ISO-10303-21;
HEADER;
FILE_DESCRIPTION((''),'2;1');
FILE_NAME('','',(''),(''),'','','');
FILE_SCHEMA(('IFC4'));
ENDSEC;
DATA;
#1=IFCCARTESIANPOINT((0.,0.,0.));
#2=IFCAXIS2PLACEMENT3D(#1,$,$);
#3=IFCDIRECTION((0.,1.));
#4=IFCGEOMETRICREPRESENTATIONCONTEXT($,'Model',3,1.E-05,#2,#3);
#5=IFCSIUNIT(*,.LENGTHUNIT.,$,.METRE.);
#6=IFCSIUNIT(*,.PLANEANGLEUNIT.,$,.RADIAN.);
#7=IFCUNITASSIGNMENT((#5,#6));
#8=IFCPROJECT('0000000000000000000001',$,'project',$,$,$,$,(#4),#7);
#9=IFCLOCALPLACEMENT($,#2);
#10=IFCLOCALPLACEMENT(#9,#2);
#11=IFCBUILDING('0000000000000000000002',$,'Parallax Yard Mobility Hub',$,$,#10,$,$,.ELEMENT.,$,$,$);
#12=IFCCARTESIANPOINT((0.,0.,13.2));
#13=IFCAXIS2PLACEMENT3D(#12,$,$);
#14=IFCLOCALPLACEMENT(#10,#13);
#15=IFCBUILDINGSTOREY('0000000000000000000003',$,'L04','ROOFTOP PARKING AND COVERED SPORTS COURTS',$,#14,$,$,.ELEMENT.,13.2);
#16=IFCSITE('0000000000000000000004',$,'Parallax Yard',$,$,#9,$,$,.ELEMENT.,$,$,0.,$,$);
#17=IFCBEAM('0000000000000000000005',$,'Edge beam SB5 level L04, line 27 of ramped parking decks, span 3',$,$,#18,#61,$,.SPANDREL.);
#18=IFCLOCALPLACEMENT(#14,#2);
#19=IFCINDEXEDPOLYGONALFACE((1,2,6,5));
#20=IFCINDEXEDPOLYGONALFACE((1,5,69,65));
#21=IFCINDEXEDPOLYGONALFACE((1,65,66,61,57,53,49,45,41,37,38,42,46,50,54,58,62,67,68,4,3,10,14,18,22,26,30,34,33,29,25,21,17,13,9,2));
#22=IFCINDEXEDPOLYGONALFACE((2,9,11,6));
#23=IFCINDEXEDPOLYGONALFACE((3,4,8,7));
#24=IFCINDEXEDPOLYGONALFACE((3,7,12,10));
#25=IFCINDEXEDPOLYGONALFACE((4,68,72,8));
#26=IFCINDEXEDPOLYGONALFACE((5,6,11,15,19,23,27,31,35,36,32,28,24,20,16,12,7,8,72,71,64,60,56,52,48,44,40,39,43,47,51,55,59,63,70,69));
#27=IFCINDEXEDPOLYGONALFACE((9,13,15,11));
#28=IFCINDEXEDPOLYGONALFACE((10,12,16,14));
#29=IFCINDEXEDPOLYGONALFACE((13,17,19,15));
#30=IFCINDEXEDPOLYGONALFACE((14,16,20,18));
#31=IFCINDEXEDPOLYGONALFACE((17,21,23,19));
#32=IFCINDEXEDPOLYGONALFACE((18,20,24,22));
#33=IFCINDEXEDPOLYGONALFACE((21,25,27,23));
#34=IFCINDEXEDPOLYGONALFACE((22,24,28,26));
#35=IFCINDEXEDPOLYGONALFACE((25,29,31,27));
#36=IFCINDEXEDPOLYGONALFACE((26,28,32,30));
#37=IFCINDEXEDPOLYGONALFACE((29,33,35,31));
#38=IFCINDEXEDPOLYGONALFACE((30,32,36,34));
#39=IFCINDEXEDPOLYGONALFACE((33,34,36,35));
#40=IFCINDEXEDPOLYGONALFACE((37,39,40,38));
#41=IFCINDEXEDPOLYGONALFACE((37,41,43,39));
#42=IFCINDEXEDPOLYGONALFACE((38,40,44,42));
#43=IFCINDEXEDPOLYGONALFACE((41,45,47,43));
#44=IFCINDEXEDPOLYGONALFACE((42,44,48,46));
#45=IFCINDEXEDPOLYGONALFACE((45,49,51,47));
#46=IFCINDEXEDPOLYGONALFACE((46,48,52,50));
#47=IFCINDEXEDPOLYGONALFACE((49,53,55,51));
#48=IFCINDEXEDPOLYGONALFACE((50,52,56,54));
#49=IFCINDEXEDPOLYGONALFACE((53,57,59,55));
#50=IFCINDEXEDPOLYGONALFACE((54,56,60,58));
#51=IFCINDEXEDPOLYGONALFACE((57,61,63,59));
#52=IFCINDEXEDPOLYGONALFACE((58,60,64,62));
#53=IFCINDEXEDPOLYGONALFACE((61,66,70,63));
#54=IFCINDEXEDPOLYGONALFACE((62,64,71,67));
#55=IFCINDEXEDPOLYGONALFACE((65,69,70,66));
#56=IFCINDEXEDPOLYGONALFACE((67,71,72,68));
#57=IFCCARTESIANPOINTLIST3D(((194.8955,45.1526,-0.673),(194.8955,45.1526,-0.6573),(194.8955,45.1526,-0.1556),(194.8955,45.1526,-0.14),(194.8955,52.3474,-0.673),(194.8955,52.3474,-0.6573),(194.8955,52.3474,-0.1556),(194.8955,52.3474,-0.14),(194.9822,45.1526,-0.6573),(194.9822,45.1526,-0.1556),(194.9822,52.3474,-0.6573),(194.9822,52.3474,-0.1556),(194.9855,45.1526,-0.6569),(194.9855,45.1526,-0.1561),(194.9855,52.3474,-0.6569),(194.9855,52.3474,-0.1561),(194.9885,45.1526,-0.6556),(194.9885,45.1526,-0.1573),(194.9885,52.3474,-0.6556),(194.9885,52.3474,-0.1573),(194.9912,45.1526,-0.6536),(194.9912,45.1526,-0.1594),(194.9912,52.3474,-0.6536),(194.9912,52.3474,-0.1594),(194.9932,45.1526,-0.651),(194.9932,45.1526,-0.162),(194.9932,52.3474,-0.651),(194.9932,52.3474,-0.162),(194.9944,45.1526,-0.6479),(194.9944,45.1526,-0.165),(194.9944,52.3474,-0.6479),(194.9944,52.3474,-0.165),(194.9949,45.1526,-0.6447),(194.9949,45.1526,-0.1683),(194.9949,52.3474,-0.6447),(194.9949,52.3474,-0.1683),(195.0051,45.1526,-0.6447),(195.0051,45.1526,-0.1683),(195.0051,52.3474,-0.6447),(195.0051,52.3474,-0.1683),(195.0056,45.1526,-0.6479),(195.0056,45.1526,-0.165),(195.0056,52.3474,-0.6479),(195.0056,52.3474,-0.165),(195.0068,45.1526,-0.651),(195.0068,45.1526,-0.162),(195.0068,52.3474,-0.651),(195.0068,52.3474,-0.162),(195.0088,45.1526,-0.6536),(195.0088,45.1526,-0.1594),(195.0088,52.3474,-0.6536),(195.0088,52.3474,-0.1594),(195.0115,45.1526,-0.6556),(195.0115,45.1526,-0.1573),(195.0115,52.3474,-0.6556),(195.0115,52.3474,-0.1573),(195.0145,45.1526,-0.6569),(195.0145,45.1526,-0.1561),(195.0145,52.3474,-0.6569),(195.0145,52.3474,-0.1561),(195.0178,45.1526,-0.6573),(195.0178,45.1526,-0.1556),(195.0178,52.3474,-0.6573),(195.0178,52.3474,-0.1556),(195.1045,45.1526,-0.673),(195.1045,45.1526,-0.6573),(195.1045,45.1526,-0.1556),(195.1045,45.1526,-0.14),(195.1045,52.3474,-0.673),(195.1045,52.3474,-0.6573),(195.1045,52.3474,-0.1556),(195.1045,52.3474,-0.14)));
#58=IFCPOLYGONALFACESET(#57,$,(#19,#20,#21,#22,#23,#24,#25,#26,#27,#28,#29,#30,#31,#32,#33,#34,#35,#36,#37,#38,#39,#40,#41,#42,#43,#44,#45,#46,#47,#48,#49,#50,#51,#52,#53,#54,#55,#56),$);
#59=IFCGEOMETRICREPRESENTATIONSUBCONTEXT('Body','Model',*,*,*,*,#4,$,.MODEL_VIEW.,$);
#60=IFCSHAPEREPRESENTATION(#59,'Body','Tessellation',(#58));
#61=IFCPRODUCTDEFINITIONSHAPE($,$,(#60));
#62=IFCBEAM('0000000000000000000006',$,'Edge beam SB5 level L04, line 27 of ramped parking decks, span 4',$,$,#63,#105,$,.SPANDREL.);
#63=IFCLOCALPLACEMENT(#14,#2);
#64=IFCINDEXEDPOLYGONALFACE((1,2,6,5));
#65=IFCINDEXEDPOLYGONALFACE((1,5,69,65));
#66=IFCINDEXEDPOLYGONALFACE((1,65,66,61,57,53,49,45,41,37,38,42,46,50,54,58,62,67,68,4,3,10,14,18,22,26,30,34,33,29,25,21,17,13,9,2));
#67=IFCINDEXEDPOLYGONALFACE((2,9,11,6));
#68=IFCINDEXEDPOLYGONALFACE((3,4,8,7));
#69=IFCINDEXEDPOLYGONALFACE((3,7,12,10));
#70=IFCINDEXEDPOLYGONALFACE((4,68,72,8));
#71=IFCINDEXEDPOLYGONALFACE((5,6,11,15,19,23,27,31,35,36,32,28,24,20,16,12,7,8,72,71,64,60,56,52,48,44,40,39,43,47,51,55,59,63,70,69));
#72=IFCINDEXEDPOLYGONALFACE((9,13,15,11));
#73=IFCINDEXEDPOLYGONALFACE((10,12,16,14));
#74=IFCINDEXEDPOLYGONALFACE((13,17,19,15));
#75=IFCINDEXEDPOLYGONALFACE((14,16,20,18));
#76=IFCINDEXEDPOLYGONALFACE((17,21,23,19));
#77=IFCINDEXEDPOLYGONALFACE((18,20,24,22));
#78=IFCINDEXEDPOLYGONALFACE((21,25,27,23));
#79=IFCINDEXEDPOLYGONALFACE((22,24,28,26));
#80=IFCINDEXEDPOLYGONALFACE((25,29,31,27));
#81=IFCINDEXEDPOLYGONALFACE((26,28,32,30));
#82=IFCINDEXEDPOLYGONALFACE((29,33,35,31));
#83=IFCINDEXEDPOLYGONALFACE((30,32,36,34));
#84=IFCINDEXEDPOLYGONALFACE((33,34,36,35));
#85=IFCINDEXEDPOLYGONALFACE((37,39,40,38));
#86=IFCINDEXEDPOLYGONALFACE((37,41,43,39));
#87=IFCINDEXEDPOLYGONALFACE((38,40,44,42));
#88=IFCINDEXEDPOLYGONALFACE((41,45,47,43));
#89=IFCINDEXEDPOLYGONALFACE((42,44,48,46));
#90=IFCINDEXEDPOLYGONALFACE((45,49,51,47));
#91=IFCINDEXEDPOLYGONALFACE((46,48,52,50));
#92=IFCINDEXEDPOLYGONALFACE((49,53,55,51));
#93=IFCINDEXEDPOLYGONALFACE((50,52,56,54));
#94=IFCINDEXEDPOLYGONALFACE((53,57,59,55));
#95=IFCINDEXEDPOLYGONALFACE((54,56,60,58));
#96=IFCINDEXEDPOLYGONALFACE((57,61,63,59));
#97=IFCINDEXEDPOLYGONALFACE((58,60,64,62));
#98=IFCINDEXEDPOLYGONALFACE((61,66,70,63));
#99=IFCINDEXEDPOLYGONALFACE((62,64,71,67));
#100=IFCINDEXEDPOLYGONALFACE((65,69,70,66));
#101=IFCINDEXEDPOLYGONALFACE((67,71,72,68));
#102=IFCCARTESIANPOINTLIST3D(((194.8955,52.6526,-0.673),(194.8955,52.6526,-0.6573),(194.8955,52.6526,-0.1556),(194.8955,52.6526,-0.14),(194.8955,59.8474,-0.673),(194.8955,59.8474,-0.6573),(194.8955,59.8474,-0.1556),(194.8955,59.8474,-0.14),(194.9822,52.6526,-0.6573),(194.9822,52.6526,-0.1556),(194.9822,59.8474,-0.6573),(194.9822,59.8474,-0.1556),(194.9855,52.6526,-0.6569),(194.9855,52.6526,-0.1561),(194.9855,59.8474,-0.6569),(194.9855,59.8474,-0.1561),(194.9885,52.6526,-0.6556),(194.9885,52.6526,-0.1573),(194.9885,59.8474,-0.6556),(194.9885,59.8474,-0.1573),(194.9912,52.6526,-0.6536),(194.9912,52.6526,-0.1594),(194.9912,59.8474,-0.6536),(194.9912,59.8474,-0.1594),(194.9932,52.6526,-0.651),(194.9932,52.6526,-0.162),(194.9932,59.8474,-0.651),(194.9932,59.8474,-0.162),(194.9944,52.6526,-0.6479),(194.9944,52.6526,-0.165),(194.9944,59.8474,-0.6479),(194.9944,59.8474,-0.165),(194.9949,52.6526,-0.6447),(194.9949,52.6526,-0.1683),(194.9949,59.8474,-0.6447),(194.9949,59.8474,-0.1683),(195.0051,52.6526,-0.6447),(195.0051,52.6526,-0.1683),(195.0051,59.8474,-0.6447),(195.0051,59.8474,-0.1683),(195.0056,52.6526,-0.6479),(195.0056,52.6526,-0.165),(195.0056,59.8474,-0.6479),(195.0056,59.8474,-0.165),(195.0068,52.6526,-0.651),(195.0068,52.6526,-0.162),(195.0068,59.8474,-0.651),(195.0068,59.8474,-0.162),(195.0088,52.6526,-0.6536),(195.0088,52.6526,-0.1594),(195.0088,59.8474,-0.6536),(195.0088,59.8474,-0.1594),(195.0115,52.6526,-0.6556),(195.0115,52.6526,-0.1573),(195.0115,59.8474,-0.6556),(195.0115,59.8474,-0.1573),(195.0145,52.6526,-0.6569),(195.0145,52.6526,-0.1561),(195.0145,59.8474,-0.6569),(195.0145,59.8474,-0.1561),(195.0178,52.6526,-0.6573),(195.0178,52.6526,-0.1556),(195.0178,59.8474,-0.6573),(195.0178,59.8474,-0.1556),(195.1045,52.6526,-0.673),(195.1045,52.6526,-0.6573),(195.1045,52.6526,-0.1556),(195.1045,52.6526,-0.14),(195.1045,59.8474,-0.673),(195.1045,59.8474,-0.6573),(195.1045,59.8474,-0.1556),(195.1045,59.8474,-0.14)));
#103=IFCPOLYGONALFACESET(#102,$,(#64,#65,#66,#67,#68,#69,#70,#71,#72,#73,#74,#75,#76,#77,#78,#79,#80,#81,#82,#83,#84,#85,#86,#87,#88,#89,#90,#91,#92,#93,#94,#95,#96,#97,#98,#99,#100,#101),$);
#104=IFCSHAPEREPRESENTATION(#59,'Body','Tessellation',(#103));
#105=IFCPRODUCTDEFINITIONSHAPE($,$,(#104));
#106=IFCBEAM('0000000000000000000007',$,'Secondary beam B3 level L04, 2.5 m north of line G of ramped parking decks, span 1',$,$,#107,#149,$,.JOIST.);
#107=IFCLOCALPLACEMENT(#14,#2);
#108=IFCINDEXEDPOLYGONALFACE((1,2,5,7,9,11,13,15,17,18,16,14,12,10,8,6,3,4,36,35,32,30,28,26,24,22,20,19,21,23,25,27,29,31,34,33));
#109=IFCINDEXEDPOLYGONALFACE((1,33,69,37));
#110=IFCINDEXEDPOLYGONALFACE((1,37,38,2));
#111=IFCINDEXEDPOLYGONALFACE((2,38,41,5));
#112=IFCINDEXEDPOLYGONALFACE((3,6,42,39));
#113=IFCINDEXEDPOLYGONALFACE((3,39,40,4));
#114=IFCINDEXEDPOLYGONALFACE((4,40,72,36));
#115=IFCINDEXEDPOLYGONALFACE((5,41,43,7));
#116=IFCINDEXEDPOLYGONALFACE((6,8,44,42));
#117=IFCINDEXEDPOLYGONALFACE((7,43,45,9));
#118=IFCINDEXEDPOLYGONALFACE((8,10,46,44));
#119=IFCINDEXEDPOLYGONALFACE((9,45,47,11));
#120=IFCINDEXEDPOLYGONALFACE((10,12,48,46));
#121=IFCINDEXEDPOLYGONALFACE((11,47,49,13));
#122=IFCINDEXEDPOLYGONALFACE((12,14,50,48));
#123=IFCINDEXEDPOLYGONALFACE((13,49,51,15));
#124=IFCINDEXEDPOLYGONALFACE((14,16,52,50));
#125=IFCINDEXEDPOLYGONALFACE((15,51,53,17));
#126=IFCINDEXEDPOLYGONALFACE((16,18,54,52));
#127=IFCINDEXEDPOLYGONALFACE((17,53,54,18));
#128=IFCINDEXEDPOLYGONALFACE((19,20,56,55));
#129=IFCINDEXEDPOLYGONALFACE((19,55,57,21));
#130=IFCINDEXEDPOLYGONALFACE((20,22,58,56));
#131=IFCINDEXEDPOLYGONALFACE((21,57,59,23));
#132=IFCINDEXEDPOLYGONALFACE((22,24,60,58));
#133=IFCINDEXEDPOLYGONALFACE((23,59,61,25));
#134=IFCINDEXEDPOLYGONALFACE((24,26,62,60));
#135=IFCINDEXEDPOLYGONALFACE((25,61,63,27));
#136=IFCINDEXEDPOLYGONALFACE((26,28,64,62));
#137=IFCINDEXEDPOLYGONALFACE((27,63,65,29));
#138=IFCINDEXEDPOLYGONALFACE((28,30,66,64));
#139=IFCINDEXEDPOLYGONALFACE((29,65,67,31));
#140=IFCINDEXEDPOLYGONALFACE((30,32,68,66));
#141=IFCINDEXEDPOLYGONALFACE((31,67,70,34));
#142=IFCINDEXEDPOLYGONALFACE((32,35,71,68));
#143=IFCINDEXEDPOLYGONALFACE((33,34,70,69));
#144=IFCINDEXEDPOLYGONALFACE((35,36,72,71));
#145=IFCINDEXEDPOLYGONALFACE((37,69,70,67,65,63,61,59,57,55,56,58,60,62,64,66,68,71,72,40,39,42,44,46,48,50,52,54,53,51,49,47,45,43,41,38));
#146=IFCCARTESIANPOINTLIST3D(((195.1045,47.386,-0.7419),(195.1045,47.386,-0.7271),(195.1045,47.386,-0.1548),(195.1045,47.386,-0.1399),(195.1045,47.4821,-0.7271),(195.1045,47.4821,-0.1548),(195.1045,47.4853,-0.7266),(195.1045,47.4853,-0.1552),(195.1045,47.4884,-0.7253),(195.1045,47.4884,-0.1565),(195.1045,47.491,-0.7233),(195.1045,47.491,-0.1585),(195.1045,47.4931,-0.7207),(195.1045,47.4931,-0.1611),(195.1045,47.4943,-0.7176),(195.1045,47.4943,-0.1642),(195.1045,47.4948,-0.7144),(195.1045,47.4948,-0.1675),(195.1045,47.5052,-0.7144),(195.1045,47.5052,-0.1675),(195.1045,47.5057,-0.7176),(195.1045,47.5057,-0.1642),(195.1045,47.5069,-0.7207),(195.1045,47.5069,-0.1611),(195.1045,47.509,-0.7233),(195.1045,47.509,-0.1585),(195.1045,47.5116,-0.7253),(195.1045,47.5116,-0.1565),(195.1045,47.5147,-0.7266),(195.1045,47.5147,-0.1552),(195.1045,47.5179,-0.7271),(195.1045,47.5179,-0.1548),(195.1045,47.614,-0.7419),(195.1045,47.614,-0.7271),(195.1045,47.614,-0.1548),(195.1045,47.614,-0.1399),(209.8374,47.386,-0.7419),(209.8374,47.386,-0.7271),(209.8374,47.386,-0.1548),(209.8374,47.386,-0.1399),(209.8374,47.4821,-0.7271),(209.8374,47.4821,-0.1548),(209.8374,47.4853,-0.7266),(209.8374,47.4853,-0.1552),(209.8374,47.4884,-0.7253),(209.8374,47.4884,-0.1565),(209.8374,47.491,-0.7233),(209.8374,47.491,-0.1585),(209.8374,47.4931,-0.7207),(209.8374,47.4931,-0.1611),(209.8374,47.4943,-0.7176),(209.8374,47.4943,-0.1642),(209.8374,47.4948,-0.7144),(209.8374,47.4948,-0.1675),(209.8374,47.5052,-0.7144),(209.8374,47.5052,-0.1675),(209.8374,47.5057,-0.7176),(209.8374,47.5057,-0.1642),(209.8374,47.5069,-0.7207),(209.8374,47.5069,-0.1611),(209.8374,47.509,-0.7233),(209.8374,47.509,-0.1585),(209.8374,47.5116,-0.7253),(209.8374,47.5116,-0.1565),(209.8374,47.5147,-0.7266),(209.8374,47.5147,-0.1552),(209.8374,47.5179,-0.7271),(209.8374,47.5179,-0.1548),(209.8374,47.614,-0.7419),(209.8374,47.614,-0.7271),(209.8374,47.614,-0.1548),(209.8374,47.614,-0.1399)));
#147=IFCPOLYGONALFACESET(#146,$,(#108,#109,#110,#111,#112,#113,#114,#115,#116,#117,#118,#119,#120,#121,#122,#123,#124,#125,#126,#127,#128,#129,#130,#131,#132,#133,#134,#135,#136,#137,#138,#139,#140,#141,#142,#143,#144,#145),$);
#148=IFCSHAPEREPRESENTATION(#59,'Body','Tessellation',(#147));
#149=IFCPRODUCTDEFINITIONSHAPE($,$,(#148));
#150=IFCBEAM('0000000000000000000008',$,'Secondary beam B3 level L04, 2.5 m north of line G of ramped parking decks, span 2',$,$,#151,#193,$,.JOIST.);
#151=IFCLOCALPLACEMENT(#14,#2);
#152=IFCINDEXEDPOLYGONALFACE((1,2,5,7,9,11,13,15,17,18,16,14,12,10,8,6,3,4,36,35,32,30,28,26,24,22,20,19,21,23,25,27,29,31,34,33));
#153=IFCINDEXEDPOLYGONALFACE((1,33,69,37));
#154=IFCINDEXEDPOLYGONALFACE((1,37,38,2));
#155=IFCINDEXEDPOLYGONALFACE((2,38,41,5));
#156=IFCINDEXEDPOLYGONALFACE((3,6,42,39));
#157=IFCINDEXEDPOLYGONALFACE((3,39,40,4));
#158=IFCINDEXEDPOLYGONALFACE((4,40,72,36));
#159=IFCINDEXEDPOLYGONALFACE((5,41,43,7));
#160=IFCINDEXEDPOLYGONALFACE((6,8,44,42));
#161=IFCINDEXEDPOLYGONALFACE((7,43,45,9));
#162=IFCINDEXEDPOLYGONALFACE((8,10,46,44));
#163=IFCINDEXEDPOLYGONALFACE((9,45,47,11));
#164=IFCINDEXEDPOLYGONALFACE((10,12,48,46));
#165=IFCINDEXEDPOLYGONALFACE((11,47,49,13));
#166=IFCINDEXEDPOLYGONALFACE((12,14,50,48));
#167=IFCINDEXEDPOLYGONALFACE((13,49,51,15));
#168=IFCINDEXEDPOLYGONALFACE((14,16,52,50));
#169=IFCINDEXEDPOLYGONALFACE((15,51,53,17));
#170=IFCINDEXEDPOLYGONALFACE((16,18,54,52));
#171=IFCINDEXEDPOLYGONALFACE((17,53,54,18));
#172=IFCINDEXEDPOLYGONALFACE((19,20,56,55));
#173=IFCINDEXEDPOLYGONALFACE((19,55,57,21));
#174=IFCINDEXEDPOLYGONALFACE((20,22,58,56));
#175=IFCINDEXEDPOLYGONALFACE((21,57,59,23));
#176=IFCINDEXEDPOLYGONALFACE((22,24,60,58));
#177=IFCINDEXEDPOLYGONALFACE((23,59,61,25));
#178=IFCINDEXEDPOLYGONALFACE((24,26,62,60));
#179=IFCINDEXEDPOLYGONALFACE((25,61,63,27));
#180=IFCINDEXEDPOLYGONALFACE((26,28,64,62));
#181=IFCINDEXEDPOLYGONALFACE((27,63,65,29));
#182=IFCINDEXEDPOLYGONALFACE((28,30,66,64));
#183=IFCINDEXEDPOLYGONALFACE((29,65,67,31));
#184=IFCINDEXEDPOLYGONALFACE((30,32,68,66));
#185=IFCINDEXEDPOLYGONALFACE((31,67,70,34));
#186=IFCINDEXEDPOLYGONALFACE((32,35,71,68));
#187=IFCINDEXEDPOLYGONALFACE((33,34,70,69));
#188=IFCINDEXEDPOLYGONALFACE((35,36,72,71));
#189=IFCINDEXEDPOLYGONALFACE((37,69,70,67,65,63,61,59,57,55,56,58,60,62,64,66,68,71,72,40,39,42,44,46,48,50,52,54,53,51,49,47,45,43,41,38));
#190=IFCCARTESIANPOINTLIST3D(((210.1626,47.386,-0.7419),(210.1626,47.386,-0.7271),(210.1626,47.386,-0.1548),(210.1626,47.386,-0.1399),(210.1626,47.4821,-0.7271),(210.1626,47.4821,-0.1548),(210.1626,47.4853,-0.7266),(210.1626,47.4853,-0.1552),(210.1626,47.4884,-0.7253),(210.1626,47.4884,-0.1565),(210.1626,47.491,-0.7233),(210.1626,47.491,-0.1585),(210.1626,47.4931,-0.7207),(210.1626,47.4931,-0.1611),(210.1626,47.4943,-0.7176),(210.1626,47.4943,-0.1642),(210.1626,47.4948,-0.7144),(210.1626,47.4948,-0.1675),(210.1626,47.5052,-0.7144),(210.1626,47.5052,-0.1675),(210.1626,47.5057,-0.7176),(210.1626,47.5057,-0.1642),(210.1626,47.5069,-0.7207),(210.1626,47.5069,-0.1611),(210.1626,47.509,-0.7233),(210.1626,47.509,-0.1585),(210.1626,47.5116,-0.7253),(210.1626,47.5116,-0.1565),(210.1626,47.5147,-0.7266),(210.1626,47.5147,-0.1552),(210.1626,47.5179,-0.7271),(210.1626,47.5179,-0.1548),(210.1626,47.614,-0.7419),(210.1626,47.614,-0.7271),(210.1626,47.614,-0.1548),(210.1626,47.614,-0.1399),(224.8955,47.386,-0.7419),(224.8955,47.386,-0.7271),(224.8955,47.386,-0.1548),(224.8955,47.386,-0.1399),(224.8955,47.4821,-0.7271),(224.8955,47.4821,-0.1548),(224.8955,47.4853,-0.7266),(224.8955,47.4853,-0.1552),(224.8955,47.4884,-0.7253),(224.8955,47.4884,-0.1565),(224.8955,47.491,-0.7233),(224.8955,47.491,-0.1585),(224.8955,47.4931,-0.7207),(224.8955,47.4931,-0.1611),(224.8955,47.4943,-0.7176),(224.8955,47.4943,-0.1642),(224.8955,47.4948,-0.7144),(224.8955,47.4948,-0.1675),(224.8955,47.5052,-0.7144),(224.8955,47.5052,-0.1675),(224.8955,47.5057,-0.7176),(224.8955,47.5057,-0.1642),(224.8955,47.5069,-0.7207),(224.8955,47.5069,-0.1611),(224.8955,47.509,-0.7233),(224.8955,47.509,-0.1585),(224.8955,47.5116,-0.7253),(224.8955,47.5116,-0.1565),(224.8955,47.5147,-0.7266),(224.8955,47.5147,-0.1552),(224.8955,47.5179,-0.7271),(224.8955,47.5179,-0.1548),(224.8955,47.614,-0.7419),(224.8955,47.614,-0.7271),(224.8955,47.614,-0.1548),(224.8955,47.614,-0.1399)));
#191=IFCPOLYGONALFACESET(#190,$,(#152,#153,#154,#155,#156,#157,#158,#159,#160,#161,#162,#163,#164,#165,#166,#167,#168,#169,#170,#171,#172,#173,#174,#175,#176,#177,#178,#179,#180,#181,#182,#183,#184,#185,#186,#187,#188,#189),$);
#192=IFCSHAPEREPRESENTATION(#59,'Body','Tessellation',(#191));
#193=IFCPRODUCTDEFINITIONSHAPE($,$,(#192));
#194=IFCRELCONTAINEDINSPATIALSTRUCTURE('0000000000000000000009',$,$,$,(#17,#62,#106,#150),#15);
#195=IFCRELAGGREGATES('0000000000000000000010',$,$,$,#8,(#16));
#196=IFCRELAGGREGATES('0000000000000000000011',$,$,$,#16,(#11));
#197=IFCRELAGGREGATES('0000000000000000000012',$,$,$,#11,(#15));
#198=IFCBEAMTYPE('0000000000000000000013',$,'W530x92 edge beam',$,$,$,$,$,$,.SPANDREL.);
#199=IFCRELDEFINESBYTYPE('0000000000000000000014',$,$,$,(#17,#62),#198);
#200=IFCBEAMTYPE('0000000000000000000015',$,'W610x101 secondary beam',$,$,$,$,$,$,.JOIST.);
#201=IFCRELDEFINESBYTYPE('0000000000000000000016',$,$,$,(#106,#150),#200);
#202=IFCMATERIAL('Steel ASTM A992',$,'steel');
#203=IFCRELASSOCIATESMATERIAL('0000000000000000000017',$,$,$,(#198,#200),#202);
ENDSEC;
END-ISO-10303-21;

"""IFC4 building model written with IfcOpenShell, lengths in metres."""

from ifc_helpers import new_model, si_unit, direction, frame, origin, origin_2d, place, context, subcontext, project, spatial, i_section, extrude, material, material_profile, profile_set, type_object, element, save


model = new_model("IFC4")

# Units and contexts
model_context = context("Model", 3, precision=1e-05, world=origin(), true_north=direction((0.0, 1.0)))
body_context = subcontext(model_context, "Body", "Model", "MODEL_VIEW")
ifc_project = project(units=[si_unit("LENGTHUNIT", "METRE"), si_unit("PLANEANGLEUNIT", "RADIAN")], contexts=[model_context])

# Site, building, storey
site_placement = place(None, origin())
site = spatial("IfcSite", under=ifc_project, at=site_placement, Name="Parallax Yard", CompositionType="ELEMENT", RefElevation=0.0)
building_placement = place(site_placement, origin())
building = spatial("IfcBuilding", under=site, at=building_placement, Name="Parallax Yard Mobility Hub", CompositionType="ELEMENT")
storey_placement = place(building_placement, frame((0.0, 0.0, 13.2)))
storey = spatial("IfcBuildingStorey", under=building, at=storey_placement, Name="L04", Description="ROOFTOP PARKING AND COVERED SPORTS COURTS", CompositionType="ELEMENT", Elevation=13.2)

# Shared definitions
ifc_material_1 = material(Name="Steel ASTM A992", Category="steel")

# Beams
ifc_material_profile_1 = material_profile(ifc_material_1, i_section(OverallWidth=0.209, OverallDepth=0.533, WebThickness=0.0103, FlangeThickness=0.0156, FilletRadius=0.0127, at=origin_2d()), Name="W530x92")
ifc_profile_set_1 = profile_set([ifc_material_profile_1], Name="Steel ASTM A992")
beam_type_1 = type_object("IfcBeamType", Name="W530x92 edge beam", PredefinedType="SPANDREL", material=ifc_profile_set_1)
for number, where, z_axis, x_axis, name in (
    (1, (195.0, 45.1526, -0.4065), (0.0, 1.0, 0.0), (-1.0, 0.0, 0.0), "Edge beam SB5 level L04, line 27 of ramped parking decks, span 3"),
    (2, (195.0, 52.6526, -0.4065), (0.0, 1.0, 0.0), (-1.0, 0.0, 0.0), "Edge beam SB5 level L04, line 27 of ramped parking decks, span 4"),
):
    element("IfcBeam", number, at=place(storey_placement, frame(where, z_axis=z_axis, x_axis=x_axis)), inside=storey, type_object=beam_type_1, Name=name, PredefinedType="SPANDREL", context=body_context, shape_type="SweptSolid", body=[
        extrude(i_section(OverallWidth=0.209, OverallDepth=0.533, WebThickness=0.0103, FlangeThickness=0.0156, FilletRadius=0.0127, at=origin_2d()), origin(), (0.0, 0.0, 1.0), 7.1948),
    ])
ifc_material_profile_2 = material_profile(ifc_material_1, i_section(OverallWidth=0.228, OverallDepth=0.6021, WebThickness=0.0105, FlangeThickness=0.0149, FilletRadius=0.0127, at=origin_2d()), Name="W610x101")
ifc_profile_set_2 = profile_set([ifc_material_profile_2], Name="Steel ASTM A992")
beam_type_2 = type_object("IfcBeamType", Name="W610x101 secondary beam", PredefinedType="JOIST", material=ifc_profile_set_2)
for number, where, z_axis, x_axis, name in (
    (3, (195.1045, 47.5, -0.4409), (1.0, 0.0, 0.0), (0.0, 1.0, 0.0), "Secondary beam B3 level L04, 2.5 m north of line G of ramped parking decks, span 1"),
    (4, (210.1626, 47.5, -0.4409), (1.0, 0.0, 0.0), (0.0, 1.0, 0.0), "Secondary beam B3 level L04, 2.5 m north of line G of ramped parking decks, span 2"),
):
    element("IfcBeam", number, at=place(storey_placement, frame(where, z_axis=z_axis, x_axis=x_axis)), inside=storey, type_object=beam_type_2, Name=name, PredefinedType="JOIST", context=body_context, shape_type="SweptSolid", body=[
        extrude(i_section(OverallWidth=0.228, OverallDepth=0.6021, WebThickness=0.0105, FlangeThickness=0.0149, FilletRadius=0.0127, at=origin_2d()), origin(), (0.0, 0.0, 1.0), 14.7329),
    ])

save(model, "model.ifc")
